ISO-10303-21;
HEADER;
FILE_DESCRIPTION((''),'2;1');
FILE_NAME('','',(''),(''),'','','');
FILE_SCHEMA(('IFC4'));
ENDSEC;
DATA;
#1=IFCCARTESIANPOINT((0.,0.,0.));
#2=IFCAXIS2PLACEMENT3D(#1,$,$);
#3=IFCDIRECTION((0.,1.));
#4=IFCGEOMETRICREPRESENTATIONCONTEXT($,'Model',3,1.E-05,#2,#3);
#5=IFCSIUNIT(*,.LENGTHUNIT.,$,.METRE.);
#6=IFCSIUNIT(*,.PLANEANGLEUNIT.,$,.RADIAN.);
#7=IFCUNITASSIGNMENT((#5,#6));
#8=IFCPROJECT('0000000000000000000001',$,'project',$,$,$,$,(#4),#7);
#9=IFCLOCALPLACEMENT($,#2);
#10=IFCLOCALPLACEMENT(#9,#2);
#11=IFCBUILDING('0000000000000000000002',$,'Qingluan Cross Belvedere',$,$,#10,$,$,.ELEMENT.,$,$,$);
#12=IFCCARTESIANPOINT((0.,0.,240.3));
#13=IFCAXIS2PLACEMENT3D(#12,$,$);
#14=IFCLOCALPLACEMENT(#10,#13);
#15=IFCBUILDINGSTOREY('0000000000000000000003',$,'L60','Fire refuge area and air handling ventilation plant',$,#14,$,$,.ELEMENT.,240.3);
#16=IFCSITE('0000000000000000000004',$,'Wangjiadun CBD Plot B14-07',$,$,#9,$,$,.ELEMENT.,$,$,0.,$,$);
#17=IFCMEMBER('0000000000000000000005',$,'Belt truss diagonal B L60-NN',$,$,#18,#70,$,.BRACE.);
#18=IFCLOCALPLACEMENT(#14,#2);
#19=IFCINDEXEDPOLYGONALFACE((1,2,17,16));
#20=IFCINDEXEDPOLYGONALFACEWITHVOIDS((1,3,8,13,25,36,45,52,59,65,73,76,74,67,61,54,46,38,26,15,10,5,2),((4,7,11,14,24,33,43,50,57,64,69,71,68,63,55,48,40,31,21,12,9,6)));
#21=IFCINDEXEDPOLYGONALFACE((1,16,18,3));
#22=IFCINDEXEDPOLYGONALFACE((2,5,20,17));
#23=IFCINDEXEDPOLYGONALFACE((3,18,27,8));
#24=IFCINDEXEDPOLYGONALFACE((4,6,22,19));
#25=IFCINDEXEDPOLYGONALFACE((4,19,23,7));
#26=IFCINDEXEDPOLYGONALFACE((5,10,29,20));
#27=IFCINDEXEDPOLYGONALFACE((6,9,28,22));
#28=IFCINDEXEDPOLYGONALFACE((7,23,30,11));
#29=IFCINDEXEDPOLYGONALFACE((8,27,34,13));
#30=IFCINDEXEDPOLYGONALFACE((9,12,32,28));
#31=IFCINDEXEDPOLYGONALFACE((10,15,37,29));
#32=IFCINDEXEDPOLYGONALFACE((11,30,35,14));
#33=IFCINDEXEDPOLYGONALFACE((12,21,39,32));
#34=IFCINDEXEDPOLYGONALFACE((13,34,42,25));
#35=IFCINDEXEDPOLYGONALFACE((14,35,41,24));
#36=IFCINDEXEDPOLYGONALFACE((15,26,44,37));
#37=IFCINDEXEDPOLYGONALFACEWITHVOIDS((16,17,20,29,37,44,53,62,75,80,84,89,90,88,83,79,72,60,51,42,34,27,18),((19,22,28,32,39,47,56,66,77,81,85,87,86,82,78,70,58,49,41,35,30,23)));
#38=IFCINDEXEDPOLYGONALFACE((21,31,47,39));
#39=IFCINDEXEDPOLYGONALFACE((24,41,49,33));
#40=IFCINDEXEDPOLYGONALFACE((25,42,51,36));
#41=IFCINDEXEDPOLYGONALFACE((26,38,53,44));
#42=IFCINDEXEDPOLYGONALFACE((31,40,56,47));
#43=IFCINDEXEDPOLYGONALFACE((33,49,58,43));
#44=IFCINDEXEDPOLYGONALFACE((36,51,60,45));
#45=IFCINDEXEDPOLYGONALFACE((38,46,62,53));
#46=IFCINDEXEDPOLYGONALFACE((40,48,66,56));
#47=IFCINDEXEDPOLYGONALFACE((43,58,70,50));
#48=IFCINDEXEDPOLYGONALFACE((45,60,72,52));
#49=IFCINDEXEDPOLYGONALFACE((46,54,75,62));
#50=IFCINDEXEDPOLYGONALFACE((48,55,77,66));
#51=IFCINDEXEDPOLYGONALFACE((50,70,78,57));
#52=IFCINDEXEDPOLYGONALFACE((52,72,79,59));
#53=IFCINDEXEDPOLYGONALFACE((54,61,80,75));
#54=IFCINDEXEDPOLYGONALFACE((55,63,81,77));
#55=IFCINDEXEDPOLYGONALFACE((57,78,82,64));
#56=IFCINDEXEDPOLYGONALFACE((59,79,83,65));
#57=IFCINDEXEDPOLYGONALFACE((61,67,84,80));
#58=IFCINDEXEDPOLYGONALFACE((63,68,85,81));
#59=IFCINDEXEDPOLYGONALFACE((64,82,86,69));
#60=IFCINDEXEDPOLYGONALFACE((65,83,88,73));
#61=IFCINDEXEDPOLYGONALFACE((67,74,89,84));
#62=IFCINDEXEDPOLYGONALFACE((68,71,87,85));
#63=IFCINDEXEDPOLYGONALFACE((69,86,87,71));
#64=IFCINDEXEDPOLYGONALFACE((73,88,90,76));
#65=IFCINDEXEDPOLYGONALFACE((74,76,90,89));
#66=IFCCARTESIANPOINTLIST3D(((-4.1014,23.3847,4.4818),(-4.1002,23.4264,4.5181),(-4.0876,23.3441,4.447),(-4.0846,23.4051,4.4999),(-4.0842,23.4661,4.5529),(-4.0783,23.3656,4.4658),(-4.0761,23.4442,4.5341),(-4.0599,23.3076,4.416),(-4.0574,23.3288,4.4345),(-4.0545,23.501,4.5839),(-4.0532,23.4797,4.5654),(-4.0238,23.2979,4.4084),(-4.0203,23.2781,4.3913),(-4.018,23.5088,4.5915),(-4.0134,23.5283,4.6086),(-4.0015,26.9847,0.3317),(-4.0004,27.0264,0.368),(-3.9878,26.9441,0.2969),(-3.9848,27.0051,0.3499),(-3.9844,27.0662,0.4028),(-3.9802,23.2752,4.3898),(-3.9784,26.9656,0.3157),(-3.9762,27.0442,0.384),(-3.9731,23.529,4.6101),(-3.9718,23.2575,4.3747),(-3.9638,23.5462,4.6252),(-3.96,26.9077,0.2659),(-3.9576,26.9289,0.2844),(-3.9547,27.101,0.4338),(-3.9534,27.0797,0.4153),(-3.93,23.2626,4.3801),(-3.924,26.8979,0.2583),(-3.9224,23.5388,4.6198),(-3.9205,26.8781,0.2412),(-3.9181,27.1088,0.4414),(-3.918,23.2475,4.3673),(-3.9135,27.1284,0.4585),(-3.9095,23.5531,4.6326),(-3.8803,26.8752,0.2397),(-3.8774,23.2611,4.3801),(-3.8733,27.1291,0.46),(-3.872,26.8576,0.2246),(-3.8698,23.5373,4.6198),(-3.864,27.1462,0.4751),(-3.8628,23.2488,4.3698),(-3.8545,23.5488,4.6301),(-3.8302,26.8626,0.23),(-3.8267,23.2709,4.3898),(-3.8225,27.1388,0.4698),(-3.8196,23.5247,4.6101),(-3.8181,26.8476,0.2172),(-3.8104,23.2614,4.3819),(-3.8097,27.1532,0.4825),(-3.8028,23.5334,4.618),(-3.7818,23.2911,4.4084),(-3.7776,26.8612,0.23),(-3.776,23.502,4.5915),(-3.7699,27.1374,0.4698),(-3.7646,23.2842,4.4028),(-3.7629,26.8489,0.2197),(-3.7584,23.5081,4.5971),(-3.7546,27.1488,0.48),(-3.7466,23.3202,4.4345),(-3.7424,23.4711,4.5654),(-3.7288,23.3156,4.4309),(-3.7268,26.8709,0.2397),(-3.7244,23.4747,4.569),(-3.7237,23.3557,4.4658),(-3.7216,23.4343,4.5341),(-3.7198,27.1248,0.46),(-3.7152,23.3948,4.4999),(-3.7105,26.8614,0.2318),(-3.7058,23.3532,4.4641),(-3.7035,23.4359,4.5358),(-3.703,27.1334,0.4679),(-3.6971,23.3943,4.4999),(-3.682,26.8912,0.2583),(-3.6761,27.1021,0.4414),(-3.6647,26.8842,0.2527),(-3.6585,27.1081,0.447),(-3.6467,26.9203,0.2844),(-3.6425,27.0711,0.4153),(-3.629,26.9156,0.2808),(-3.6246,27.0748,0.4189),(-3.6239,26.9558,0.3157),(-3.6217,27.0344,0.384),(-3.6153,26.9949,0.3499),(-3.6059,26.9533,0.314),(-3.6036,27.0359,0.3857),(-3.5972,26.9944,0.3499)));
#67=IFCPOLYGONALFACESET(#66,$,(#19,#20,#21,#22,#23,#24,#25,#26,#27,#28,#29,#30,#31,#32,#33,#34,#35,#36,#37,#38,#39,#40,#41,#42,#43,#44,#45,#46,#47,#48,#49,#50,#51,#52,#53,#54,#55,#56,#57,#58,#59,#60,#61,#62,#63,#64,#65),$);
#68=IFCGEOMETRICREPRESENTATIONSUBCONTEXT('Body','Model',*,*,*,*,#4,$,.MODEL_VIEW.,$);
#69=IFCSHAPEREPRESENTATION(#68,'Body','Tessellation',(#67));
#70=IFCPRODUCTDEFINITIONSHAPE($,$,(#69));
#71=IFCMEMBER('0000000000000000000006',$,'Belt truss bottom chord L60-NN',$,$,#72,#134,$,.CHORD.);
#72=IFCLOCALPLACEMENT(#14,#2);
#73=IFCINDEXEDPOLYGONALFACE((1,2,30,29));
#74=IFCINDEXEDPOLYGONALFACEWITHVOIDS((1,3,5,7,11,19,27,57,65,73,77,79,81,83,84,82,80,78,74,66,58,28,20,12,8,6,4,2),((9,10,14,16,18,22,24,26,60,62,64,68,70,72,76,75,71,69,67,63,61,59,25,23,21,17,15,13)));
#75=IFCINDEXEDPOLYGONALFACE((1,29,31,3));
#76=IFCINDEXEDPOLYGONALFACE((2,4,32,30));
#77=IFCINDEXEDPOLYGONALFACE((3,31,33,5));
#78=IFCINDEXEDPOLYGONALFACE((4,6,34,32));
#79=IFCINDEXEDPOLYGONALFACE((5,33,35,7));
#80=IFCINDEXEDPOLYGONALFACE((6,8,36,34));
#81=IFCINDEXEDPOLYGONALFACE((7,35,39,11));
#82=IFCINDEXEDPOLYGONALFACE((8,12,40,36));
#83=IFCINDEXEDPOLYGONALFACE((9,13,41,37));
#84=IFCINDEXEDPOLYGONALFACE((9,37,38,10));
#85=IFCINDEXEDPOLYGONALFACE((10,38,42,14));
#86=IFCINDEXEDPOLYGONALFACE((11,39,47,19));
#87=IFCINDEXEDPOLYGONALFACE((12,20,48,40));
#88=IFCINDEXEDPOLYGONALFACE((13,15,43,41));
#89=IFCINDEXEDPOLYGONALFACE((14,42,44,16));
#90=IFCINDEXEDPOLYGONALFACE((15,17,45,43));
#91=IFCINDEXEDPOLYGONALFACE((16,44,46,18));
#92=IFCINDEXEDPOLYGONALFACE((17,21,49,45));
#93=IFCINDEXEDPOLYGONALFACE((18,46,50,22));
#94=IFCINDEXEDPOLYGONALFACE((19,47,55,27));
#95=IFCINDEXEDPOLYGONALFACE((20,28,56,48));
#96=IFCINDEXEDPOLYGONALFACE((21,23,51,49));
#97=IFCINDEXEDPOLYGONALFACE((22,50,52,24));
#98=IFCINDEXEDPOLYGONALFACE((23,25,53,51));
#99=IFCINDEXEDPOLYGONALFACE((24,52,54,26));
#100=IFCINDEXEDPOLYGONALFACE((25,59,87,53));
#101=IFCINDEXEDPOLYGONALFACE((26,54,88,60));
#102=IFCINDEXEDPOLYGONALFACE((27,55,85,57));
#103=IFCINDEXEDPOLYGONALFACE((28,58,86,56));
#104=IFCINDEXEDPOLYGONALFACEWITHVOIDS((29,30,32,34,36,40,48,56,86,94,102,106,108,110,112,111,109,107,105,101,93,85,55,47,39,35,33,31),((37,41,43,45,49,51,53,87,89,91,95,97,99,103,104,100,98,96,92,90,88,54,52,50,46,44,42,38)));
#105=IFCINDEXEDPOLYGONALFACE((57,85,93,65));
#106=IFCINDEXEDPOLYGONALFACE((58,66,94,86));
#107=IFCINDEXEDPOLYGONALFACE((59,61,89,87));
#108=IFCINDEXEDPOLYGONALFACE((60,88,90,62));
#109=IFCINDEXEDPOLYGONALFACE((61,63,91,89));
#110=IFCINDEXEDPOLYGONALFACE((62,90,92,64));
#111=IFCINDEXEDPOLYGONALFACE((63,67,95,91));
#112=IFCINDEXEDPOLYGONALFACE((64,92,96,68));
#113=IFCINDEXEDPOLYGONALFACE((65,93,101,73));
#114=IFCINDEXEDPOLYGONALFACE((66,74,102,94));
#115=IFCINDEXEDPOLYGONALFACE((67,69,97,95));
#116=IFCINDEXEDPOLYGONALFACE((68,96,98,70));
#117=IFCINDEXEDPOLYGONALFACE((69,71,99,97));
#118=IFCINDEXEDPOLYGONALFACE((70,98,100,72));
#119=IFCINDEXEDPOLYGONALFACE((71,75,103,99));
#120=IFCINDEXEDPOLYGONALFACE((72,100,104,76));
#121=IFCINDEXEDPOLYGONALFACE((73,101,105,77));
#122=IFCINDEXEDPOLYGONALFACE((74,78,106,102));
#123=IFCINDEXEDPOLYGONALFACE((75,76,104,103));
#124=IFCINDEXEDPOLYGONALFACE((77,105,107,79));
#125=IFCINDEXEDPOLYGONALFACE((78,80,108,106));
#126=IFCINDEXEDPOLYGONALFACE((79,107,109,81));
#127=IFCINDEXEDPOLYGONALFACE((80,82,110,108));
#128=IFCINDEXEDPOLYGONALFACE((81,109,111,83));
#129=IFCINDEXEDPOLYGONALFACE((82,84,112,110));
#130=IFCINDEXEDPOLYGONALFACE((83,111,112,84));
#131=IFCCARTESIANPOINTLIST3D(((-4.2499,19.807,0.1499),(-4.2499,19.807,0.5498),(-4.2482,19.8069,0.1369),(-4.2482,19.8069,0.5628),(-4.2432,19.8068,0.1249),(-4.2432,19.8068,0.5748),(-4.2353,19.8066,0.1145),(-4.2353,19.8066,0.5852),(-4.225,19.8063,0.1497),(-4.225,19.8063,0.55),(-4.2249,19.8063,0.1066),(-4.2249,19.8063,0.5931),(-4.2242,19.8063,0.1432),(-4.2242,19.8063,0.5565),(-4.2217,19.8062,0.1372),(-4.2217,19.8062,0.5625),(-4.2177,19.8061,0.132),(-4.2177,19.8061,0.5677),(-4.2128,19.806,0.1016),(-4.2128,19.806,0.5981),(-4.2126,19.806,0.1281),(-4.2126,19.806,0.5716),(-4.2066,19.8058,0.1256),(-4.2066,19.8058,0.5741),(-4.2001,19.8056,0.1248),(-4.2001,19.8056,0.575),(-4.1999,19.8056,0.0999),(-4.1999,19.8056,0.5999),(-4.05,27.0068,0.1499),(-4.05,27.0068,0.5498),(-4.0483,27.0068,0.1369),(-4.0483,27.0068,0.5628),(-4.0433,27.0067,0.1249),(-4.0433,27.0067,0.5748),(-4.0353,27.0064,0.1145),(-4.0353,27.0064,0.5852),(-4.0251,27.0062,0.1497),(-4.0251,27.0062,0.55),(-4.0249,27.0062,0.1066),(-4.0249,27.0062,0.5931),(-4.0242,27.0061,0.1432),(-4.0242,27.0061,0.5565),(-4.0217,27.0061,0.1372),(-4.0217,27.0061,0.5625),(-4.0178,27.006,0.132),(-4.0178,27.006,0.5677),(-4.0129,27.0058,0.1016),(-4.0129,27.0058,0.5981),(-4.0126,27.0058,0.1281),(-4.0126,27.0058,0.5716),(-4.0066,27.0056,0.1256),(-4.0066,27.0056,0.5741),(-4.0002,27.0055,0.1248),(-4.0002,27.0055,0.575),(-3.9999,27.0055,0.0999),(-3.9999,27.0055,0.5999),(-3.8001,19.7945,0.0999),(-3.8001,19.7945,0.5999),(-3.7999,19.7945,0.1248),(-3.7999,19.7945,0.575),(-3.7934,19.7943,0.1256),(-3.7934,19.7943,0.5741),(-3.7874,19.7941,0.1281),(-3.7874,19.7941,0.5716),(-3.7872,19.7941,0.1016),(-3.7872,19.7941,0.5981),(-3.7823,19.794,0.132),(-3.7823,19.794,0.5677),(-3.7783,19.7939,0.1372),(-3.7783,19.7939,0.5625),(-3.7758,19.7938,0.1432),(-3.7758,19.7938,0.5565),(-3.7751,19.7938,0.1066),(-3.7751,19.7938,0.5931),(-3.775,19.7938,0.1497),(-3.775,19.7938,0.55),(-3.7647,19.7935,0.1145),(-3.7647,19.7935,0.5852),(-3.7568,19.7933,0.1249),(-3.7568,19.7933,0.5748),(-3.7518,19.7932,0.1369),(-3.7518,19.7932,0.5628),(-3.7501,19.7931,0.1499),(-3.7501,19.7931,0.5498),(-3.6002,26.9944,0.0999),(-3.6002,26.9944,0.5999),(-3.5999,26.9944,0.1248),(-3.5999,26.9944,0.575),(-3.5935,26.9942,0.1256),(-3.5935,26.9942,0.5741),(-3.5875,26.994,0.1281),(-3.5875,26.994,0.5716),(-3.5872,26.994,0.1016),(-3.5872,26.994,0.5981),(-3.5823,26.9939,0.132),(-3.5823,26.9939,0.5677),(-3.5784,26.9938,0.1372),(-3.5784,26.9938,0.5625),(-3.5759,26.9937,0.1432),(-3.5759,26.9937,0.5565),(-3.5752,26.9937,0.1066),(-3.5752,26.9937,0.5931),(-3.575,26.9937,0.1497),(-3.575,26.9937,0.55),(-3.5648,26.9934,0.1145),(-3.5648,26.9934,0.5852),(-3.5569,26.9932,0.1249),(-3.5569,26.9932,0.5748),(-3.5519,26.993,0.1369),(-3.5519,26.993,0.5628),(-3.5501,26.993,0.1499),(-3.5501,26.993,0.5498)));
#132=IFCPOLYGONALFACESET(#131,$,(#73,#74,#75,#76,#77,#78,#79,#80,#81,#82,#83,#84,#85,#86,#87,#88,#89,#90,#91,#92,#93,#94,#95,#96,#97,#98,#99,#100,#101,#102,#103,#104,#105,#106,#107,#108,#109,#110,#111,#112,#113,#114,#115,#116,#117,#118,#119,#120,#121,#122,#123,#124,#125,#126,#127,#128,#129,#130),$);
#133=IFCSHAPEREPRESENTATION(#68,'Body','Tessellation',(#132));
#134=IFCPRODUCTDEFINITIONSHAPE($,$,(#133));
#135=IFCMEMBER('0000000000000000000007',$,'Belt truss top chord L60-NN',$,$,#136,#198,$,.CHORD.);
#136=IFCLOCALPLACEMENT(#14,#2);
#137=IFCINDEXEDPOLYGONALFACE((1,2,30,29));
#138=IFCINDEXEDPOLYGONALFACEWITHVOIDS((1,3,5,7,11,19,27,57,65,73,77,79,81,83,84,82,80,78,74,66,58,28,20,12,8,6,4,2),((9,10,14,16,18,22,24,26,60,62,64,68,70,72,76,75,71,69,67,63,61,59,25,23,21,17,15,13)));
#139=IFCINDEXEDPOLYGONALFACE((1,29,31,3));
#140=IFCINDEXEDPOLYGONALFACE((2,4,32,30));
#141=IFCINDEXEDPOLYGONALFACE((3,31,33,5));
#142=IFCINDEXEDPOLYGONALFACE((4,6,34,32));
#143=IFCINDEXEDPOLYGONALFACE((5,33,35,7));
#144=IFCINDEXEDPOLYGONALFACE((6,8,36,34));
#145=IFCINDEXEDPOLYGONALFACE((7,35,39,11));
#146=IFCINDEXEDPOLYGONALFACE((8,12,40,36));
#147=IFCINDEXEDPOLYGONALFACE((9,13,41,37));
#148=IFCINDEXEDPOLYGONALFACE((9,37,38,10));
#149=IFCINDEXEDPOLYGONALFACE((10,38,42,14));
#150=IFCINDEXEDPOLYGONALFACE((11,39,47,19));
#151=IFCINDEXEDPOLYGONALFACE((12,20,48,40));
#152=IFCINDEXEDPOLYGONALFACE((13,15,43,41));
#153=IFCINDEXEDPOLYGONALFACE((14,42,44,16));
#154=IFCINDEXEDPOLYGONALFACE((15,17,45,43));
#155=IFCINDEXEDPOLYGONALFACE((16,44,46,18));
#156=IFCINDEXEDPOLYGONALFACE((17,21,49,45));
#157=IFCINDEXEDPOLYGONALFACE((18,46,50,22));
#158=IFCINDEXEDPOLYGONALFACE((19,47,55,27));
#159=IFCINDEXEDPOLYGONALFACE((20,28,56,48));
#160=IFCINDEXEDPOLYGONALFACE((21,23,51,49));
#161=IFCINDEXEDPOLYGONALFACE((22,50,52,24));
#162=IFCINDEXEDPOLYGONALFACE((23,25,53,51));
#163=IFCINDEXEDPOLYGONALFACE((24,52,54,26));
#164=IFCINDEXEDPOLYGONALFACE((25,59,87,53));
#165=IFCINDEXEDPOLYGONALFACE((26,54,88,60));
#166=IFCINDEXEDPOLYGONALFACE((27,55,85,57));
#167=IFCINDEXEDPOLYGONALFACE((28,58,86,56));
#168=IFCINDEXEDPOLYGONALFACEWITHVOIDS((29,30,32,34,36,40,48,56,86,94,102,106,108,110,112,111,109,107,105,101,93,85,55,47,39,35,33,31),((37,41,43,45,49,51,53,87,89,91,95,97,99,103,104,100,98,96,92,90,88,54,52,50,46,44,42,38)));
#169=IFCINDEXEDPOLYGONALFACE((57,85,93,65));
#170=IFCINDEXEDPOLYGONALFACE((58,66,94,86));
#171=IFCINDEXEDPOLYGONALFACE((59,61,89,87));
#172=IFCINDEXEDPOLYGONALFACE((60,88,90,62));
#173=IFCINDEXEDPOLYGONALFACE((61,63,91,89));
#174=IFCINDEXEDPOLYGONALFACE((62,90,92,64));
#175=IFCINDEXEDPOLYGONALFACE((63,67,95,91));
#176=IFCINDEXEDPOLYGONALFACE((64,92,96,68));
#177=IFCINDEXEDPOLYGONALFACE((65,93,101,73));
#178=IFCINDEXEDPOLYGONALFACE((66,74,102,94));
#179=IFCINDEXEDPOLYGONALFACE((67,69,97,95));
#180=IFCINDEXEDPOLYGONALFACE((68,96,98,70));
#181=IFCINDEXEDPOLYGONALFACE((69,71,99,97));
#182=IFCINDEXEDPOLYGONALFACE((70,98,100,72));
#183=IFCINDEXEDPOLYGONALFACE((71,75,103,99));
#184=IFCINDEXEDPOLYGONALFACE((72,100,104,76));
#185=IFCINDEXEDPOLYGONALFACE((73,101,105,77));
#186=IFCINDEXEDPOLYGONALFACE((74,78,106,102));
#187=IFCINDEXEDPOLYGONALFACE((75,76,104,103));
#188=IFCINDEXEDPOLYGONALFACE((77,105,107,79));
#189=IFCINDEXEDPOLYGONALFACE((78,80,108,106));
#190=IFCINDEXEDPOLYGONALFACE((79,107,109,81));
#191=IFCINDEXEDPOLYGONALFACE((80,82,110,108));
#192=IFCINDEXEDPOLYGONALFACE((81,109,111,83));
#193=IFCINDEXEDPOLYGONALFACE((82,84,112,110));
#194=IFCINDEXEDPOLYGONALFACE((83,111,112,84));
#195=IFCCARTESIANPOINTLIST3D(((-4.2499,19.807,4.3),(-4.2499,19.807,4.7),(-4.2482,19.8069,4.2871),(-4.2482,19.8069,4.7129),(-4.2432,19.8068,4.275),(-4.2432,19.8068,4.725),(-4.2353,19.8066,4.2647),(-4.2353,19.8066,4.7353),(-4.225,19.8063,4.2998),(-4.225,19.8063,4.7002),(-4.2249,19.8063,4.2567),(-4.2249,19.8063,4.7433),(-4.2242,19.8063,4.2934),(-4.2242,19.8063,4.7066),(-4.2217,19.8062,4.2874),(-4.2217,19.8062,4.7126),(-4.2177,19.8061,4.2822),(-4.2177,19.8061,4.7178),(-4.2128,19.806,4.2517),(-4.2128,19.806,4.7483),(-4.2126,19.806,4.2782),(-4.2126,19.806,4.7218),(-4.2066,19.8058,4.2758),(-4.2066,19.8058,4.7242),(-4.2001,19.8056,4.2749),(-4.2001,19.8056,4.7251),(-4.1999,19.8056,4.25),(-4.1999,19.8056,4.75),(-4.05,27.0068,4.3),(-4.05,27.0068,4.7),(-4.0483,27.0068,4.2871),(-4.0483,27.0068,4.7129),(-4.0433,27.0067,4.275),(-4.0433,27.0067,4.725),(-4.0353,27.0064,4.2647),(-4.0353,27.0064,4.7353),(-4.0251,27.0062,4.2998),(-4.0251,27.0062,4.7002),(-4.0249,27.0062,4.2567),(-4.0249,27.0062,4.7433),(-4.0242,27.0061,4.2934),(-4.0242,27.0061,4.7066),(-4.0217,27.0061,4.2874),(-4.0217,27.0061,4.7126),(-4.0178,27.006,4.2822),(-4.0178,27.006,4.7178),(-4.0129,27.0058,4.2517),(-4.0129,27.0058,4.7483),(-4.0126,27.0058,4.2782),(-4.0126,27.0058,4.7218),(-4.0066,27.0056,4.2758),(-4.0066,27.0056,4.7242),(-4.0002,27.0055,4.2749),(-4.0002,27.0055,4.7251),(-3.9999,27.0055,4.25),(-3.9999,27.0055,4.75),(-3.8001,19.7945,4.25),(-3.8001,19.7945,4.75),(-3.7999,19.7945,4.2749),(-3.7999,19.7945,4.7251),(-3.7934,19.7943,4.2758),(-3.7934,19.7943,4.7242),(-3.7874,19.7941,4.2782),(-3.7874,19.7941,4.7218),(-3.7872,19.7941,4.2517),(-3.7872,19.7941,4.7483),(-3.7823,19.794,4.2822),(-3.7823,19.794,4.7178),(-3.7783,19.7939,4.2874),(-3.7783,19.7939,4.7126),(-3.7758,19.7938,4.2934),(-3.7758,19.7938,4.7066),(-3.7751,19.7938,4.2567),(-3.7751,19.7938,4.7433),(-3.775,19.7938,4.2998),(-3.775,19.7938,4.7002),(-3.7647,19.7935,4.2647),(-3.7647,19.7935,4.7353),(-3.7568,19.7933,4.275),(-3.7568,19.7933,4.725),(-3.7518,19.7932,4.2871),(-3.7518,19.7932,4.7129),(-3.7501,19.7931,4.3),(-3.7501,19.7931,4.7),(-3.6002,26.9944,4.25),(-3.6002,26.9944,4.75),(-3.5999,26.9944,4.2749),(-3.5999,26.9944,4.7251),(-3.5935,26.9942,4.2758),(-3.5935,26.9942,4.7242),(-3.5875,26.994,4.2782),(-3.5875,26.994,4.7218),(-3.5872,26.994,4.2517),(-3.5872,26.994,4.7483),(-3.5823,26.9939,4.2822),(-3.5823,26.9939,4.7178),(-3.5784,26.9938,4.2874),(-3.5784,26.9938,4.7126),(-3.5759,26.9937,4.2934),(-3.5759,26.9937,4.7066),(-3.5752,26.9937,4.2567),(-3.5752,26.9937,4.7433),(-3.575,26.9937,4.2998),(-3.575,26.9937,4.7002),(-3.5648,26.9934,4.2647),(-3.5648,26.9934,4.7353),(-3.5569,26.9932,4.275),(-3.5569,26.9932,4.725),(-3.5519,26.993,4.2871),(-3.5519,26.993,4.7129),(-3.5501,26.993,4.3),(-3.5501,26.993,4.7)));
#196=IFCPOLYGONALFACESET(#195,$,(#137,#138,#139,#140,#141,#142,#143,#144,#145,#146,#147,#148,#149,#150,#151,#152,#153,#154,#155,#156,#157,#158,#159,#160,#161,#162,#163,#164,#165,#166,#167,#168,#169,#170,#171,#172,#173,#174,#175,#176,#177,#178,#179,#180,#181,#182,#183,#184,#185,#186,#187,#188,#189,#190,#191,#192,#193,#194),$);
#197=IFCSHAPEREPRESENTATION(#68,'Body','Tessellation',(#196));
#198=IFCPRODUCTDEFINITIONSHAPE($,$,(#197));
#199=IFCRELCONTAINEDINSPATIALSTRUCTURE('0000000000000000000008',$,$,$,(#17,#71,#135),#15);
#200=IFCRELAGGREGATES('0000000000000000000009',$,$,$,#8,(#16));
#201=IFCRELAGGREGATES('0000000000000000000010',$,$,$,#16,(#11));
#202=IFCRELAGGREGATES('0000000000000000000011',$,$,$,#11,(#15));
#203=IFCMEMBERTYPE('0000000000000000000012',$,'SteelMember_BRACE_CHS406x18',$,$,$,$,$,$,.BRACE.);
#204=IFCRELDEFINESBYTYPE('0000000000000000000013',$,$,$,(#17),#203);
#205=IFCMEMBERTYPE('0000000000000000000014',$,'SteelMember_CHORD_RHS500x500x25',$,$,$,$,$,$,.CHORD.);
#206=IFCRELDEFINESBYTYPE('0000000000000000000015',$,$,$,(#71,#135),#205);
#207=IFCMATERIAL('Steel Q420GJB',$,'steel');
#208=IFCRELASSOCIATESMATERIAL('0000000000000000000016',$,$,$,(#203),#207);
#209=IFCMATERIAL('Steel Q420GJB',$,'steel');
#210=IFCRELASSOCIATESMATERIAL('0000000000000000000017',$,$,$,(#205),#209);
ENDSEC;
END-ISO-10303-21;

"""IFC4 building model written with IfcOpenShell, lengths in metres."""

from ifc_helpers import new_model, si_unit, direction, frame, origin, origin_2d, place, context, subcontext, project, spatial, hollow_rectangle, hollow_circle, extrude, material, material_profile, profile_set, type_object, element, save


model = new_model("IFC4")

# Units and contexts
model_context = context("Model", 3, precision=1e-05, world=origin(), true_north=direction((0.0, 1.0)))
body_context = subcontext(model_context, "Body", "Model", "MODEL_VIEW")
ifc_project = project(units=[si_unit("LENGTHUNIT", "METRE"), si_unit("PLANEANGLEUNIT", "RADIAN")], contexts=[model_context])

# Site, building, storey
site_placement = place(None, origin())
site = spatial("IfcSite", under=ifc_project, at=site_placement, Name="Wangjiadun CBD Plot B14-07", CompositionType="ELEMENT", RefElevation=0.0)
building_placement = place(site_placement, origin())
building = spatial("IfcBuilding", under=site, at=building_placement, Name="Qingluan Cross Belvedere", CompositionType="ELEMENT")
storey_placement = place(building_placement, frame((0.0, 0.0, 240.3)))
storey = spatial("IfcBuildingStorey", under=building, at=storey_placement, Name="L60", Description="Fire refuge area and air handling ventilation plant", CompositionType="ELEMENT", Elevation=240.3)

# Members
ifc_material_1 = material(Name="Steel Q420GJB", Category="steel")
ifc_material_profile_1 = material_profile(ifc_material_1, hollow_circle(Radius=0.2029, WallThickness=0.0181, at=origin_2d()), Name="CHS406x18")
ifc_profile_set_1 = profile_set([ifc_material_profile_1], Name="Steel Q420GJB")
member_type_1 = type_object("IfcMemberType", Name="SteelMember_BRACE_CHS406x18", PredefinedType="BRACE", material=ifc_profile_set_1)
for number, where, z_axis, x_axis, name in (
    (1, (-3.8, 27.0, 0.3499), (-0.018172, -0.655166, 0.755267), (0.999616, -0.027726, 0.0), "Belt truss diagonal B L60-NN"),
):
    element("IfcMember", number, at=place(storey_placement, frame(where, z_axis=z_axis, x_axis=x_axis)), inside=storey, type_object=member_type_1, Name=name, PredefinedType="BRACE", context=body_context, shape_type="SweptSolid", body=[
        extrude(hollow_circle(Radius=0.2029, WallThickness=0.0181, at=origin_2d()), origin(), (0.0, 0.0, 1.0), 5.4949),
    ])
ifc_material_2 = material(Name="Steel Q420GJB", Category="steel")
ifc_material_profile_2 = material_profile(ifc_material_2, hollow_rectangle(XDim=0.5, YDim=0.5, WallThickness=0.0249, InnerFilletRadius=0.0249, OuterFilletRadius=0.05, at=origin_2d()), Name="RHS500x500x25")
ifc_profile_set_2 = profile_set([ifc_material_profile_2], Name="Steel Q420GJB")
member_type_2 = type_object("IfcMemberType", Name="SteelMember_CHORD_RHS500x500x25", PredefinedType="CHORD", material=ifc_profile_set_2)
for number, where, z_axis, x_axis, name in (
    (2, (-4.0, 19.8, 0.3499), (0.02776, 0.999615, 0.0), (-0.999615, 0.02776, 0.0), "Belt truss bottom chord L60-NN"),
    (3, (-4.0, 19.8, 4.5), (0.02776, 0.999615, 0.0), (-0.999615, 0.02776, 0.0), "Belt truss top chord L60-NN"),
):
    element("IfcMember", number, at=place(storey_placement, frame(where, z_axis=z_axis, x_axis=x_axis)), inside=storey, type_object=member_type_2, Name=name, PredefinedType="CHORD", context=body_context, shape_type="SweptSolid", body=[
        extrude(hollow_rectangle(XDim=0.5, YDim=0.5, WallThickness=0.0249, InnerFilletRadius=0.0249, OuterFilletRadius=0.05, at=origin_2d()), origin(), (0.0, 0.0, 1.0), 7.2026),
    ])

save(model, "model.ifc")
